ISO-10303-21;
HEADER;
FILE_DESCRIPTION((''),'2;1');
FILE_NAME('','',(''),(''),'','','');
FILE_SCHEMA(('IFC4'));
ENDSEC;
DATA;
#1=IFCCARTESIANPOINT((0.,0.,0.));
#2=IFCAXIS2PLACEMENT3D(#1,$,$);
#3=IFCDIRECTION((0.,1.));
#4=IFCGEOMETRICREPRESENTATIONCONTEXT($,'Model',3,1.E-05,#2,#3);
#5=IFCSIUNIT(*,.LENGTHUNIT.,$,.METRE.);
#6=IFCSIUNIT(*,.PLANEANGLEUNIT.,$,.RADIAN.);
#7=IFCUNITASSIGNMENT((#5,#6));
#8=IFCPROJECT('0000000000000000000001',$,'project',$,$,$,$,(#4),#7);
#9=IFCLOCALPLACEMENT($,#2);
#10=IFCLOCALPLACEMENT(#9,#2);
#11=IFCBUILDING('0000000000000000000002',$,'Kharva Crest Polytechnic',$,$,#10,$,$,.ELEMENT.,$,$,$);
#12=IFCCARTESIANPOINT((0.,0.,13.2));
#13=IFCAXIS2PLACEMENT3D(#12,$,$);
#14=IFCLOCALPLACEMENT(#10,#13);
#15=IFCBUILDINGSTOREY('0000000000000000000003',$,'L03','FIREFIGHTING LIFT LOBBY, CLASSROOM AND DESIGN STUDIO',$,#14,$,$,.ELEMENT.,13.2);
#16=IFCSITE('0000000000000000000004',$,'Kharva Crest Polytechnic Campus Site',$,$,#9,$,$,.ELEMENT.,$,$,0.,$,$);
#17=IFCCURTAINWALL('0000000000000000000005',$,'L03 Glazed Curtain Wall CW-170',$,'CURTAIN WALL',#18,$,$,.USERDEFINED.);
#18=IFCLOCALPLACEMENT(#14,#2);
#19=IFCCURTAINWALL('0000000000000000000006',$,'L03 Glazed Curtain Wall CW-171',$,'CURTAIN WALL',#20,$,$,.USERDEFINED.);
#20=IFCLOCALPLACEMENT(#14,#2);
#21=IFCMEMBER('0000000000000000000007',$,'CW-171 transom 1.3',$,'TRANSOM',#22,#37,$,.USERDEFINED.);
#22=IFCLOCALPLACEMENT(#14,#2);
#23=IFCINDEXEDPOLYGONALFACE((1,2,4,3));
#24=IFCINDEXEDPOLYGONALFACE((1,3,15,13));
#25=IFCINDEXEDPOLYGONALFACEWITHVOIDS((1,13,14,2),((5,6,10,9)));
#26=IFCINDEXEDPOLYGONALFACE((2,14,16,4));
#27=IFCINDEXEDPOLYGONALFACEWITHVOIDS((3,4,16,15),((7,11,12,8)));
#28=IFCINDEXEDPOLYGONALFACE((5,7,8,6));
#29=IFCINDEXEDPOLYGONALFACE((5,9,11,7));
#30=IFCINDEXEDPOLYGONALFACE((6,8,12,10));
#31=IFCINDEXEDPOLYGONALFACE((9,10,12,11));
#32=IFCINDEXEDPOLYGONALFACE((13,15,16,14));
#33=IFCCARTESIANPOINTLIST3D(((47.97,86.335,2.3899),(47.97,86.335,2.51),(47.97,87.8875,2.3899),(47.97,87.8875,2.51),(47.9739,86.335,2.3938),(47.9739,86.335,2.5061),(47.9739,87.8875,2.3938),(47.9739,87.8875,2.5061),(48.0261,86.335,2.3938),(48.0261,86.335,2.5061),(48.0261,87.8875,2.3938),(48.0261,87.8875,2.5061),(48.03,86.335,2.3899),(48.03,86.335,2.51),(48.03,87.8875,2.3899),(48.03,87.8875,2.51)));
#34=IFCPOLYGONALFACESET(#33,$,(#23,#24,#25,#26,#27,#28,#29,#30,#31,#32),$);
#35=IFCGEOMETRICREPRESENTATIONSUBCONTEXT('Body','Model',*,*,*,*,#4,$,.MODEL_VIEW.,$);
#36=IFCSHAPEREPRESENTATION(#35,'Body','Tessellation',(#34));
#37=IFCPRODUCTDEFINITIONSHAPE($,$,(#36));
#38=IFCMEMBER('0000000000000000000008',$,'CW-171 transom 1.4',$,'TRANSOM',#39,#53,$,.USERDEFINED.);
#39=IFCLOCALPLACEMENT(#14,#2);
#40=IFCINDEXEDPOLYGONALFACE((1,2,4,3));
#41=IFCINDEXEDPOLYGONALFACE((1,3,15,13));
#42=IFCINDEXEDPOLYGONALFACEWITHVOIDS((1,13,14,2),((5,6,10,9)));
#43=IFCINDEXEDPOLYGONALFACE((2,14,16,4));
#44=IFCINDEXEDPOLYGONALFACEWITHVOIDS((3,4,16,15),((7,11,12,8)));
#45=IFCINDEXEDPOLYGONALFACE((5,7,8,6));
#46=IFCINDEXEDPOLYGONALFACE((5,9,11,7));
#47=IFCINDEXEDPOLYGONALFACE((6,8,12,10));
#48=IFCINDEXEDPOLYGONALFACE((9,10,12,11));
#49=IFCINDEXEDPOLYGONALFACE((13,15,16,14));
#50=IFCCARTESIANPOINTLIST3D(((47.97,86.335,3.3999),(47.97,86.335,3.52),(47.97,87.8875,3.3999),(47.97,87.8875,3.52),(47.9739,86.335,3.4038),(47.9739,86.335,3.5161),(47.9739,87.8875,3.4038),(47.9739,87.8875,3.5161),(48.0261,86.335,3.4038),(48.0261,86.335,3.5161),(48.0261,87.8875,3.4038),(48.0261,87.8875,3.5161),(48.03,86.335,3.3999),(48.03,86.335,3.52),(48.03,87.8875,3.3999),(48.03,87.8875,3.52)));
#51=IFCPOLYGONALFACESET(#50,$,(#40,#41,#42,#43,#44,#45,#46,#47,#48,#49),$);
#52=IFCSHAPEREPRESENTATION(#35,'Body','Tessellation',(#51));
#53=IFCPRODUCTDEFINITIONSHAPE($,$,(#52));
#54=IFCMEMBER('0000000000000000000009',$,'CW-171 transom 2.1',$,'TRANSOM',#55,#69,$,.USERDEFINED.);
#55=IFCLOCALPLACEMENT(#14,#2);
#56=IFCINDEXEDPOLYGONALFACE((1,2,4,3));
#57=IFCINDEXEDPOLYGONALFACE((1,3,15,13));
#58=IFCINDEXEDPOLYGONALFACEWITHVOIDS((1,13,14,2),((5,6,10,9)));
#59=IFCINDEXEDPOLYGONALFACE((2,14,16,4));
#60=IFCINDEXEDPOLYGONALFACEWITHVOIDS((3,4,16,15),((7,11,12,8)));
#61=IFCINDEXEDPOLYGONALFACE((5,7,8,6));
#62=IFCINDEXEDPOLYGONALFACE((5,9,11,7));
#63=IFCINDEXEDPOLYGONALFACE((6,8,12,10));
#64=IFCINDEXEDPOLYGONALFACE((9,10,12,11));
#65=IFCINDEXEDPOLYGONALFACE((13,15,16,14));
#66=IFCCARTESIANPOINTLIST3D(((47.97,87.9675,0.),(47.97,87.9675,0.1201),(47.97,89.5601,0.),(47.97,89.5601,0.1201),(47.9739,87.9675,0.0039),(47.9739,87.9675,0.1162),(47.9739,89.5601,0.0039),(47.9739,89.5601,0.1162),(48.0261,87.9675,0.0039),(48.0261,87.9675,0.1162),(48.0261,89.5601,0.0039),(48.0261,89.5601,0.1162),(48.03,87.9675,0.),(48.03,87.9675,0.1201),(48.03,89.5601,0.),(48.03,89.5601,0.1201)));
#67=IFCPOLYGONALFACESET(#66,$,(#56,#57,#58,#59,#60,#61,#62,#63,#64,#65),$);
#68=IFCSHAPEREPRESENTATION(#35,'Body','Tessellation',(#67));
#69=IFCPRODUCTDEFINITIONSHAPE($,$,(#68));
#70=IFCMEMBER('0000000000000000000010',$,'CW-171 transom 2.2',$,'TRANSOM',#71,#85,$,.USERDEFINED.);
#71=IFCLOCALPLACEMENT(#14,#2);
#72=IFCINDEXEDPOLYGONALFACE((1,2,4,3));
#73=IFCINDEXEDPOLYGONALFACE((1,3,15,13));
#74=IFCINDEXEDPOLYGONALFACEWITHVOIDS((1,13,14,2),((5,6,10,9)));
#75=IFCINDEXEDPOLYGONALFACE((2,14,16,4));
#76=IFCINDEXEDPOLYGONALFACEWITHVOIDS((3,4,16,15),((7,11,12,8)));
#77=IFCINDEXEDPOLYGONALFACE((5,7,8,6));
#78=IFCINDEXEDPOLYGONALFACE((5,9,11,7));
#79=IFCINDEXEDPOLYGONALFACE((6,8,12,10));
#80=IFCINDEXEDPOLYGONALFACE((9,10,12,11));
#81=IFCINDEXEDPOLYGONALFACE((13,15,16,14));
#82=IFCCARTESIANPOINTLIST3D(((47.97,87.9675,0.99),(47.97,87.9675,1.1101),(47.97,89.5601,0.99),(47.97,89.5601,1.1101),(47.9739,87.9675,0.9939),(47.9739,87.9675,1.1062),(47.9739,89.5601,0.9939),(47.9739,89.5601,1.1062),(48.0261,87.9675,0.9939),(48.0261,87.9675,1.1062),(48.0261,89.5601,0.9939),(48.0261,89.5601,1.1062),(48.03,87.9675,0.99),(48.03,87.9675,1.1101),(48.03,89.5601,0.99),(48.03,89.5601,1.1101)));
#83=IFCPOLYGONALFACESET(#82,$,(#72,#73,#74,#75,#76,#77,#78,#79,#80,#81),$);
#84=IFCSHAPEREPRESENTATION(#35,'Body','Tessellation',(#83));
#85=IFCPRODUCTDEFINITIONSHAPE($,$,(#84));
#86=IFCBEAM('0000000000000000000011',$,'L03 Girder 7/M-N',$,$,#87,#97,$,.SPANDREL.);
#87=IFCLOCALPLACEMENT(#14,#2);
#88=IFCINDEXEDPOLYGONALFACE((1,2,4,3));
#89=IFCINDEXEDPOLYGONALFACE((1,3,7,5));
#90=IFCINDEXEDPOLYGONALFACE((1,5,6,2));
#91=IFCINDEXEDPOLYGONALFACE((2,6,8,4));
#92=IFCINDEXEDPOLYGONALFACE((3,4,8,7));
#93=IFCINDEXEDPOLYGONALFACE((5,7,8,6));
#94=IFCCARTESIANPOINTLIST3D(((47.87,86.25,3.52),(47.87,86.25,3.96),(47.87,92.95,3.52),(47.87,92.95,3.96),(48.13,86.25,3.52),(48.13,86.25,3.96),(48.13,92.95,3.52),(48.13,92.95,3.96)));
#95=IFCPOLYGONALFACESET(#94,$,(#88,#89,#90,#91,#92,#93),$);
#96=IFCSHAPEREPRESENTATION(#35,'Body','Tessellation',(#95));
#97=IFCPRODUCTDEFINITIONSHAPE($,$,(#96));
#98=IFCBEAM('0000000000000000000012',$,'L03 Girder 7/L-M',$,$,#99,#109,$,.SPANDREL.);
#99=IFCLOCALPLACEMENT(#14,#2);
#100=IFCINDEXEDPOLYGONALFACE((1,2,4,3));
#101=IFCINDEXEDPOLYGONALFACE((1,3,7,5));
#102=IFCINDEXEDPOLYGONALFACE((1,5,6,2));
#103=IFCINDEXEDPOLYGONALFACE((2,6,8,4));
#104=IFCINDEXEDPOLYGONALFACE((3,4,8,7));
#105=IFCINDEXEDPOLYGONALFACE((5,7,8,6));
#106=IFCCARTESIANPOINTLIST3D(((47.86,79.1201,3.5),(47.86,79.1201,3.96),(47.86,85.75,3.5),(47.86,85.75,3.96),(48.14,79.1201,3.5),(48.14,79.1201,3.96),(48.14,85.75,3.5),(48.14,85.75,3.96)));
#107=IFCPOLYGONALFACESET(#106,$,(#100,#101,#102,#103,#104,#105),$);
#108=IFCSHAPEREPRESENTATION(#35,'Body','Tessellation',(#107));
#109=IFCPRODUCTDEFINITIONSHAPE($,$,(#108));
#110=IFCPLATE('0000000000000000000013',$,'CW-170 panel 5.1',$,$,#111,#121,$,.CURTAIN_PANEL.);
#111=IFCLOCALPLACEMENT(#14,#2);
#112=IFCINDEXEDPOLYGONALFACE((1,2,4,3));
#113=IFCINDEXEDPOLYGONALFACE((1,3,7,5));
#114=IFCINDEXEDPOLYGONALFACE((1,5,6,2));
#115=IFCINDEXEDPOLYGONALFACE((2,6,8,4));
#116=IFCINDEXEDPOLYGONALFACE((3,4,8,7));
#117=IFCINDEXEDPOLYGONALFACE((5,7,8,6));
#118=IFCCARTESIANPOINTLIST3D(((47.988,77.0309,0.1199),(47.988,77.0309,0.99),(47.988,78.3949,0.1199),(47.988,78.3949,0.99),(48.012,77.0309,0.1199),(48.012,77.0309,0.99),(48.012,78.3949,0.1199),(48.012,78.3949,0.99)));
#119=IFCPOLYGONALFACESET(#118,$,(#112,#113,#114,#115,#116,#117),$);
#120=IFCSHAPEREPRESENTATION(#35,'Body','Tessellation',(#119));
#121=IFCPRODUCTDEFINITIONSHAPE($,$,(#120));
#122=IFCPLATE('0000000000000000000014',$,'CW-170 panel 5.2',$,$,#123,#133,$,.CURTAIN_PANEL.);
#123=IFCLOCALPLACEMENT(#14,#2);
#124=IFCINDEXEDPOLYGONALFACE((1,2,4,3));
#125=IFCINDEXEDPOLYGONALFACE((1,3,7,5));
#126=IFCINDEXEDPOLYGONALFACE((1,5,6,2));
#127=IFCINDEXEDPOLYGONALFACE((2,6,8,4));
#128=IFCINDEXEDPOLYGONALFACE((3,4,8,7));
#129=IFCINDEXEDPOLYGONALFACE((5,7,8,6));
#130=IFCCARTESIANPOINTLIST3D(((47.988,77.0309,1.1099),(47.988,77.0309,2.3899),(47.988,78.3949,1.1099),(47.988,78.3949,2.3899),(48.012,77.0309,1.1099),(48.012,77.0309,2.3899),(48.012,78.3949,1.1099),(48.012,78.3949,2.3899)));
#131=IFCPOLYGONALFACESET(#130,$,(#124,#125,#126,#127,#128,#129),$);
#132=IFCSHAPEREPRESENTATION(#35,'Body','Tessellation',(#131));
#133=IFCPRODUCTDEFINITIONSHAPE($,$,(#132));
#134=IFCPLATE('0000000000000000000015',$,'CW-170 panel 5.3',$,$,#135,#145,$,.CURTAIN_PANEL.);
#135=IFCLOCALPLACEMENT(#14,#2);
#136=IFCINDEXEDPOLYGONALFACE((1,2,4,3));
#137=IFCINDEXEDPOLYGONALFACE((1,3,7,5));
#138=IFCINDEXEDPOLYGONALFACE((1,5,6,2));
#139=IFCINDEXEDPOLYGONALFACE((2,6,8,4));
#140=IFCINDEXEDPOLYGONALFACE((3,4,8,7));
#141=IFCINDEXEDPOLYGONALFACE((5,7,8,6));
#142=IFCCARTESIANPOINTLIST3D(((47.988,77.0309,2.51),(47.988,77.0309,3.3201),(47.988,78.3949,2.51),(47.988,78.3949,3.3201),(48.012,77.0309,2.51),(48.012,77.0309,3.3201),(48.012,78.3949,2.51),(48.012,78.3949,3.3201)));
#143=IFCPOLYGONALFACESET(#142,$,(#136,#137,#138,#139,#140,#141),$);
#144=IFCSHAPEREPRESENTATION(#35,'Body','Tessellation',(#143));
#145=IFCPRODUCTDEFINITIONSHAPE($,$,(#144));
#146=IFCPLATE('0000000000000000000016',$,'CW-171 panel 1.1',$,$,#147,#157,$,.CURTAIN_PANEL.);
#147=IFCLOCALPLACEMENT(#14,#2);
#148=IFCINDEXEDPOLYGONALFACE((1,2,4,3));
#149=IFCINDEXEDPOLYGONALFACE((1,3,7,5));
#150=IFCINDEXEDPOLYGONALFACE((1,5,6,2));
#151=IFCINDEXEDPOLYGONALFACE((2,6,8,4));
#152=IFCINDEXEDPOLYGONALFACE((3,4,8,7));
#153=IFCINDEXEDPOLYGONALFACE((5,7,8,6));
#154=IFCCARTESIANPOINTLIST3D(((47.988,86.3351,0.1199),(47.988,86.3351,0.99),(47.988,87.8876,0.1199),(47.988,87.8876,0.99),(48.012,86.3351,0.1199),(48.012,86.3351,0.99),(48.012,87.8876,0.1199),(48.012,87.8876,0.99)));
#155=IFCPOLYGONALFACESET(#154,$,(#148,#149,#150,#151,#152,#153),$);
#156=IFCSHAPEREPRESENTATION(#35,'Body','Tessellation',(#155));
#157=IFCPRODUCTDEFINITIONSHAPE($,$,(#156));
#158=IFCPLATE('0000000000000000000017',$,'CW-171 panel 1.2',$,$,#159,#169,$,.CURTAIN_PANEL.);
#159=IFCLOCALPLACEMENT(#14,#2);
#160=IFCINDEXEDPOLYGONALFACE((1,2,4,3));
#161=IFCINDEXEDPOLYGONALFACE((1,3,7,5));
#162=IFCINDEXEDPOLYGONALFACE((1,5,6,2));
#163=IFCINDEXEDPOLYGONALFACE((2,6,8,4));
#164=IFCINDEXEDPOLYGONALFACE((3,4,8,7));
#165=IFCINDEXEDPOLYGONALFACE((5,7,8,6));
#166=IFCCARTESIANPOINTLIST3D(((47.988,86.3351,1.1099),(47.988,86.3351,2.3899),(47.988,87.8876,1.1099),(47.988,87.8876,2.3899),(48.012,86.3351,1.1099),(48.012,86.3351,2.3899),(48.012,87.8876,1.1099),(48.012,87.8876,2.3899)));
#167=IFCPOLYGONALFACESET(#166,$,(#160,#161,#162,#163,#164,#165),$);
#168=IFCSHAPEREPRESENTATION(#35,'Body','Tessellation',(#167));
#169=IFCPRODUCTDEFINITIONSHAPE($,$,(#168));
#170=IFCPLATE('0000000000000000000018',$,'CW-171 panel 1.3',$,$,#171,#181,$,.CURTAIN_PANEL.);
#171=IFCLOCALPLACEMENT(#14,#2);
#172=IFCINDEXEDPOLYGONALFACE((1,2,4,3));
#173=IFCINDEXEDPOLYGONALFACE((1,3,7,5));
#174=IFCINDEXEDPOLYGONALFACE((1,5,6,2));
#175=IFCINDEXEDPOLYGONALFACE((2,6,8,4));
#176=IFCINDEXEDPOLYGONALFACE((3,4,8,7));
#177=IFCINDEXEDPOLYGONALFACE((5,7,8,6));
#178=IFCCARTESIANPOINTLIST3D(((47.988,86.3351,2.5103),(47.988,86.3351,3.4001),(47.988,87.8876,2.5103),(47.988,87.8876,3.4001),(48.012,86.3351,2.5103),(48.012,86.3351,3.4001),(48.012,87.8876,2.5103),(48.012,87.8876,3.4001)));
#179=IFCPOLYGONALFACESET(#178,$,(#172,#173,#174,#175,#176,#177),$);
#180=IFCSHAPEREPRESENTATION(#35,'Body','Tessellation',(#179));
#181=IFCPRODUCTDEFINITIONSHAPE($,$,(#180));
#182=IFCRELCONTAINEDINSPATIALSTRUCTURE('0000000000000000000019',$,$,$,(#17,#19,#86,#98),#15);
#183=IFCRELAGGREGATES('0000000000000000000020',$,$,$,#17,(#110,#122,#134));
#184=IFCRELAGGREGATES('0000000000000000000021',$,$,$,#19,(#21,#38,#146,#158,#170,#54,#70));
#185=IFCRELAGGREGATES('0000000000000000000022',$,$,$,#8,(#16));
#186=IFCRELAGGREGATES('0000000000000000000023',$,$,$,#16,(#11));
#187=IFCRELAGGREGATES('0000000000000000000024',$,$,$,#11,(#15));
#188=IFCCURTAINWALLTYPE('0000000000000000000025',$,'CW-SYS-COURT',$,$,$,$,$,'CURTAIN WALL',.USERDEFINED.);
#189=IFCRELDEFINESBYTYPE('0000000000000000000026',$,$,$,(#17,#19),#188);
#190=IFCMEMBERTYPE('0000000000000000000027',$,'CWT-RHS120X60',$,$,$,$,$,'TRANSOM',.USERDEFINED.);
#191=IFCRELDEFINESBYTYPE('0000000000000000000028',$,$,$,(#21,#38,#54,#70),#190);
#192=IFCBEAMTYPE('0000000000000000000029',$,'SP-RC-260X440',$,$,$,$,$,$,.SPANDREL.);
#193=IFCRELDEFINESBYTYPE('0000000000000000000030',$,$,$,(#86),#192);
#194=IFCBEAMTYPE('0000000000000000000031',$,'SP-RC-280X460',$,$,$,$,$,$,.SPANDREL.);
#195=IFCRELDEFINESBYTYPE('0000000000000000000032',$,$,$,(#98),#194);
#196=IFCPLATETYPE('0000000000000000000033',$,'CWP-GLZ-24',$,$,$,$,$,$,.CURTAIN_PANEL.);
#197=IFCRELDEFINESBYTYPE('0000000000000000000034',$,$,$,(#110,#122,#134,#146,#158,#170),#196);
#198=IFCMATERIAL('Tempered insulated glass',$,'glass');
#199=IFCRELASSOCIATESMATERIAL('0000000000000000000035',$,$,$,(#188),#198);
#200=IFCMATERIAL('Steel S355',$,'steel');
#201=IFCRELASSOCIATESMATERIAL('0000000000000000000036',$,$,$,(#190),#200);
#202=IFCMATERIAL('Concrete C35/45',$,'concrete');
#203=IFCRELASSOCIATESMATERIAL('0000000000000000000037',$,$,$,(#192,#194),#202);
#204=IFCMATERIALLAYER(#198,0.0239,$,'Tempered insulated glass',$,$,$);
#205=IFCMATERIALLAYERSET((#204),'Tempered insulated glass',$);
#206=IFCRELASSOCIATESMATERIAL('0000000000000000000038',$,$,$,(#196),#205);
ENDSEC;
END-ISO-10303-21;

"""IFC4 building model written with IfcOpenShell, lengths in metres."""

from ifc_helpers import new_model, si_unit, direction, frame, origin, origin_2d, place, context, subcontext, project, spatial, rectangle, hollow_rectangle, extrude, material, layer, layer_set, material_profile, profile_set, type_object, element, aggregate, save


model = new_model("IFC4")

# Units and contexts
model_context = context("Model", 3, precision=1e-05, world=origin(), true_north=direction((0.0, 1.0)))
body_context = subcontext(model_context, "Body", "Model", "MODEL_VIEW")
ifc_project = project(units=[si_unit("LENGTHUNIT", "METRE"), si_unit("PLANEANGLEUNIT", "RADIAN")], contexts=[model_context])

# Site, building, storey
site_placement = place(None, origin())
site = spatial("IfcSite", under=ifc_project, at=site_placement, Name="Kharva Crest Polytechnic Campus Site", CompositionType="ELEMENT", RefElevation=0.0)
building_placement = place(site_placement, origin())
building = spatial("IfcBuilding", under=site, at=building_placement, Name="Kharva Crest Polytechnic", CompositionType="ELEMENT")
storey_placement = place(building_placement, frame((0.0, 0.0, 13.2)))
storey = spatial("IfcBuildingStorey", under=building, at=storey_placement, Name="L03", Description="FIREFIGHTING LIFT LOBBY, CLASSROOM AND DESIGN STUDIO", CompositionType="ELEMENT", Elevation=13.2)

# Curtain wall
ifc_material_1 = material(Name="Tempered insulated glass", Category="glass")
curtain_wall_type = type_object("IfcCurtainWallType", Name="CW-SYS-COURT", ElementType="CURTAIN WALL", PredefinedType="USERDEFINED", material=ifc_material_1)
curtain_wall_1_placement = place(storey_placement, origin())
curtain_wall_1 = element("IfcCurtainWall", 1, at=curtain_wall_1_placement, inside=storey, type_object=curtain_wall_type, Name="L03 Glazed Curtain Wall CW-170", ObjectType="CURTAIN WALL", PredefinedType="USERDEFINED")
ifc_material_2 = material(Name="Steel S355", Category="steel")

# Curtain wall
curtain_wall_2_placement = place(storey_placement, origin())
curtain_wall_2 = element("IfcCurtainWall", 2, at=curtain_wall_2_placement, inside=storey, type_object=curtain_wall_type, Name="L03 Glazed Curtain Wall CW-171", ObjectType="CURTAIN WALL", PredefinedType="USERDEFINED")

# Members
ifc_material_profile_1 = material_profile(ifc_material_2, hollow_rectangle(XDim=0.0601, YDim=0.1201, WallThickness=0.0039, at=origin_2d()), Name="RHS 120X60X4.0")
ifc_profile_set_1 = profile_set([ifc_material_profile_1], Name="Steel S355")
member_type_1 = type_object("IfcMemberType", Name="CWT-RHS120X60", ElementType="TRANSOM", PredefinedType="USERDEFINED", material=ifc_profile_set_1)
member_1_placement = place(storey_placement, frame((48.0, 86.335, 2.45), z_axis=(0.0, 1.0, 0.0), x_axis=(-1.0, 0.0, 0.0)))
member_1 = element("IfcMember", 3, at=member_1_placement, type_object=member_type_1, Name="CW-171 transom 1.3", ObjectType="TRANSOM", PredefinedType="USERDEFINED", context=body_context, shape_type="SweptSolid", body=[
    extrude(hollow_rectangle(XDim=0.0601, YDim=0.1201, WallThickness=0.0039, at=origin_2d()), origin(), (0.0, 0.0, 1.0), 1.5525),
])
member_2_placement = place(storey_placement, frame((48.0, 86.335, 3.46), z_axis=(0.0, 1.0, 0.0), x_axis=(-1.0, 0.0, 0.0)))
member_2 = element("IfcMember", 4, at=member_2_placement, type_object=member_type_1, Name="CW-171 transom 1.4", ObjectType="TRANSOM", PredefinedType="USERDEFINED", context=body_context, shape_type="SweptSolid", body=[
    extrude(hollow_rectangle(XDim=0.0601, YDim=0.1201, WallThickness=0.0039, at=origin_2d()), origin(), (0.0, 0.0, 1.0), 1.5525),
])
member_3_placement = place(storey_placement, frame((48.0, 87.9675, 0.0601), z_axis=(0.0, 1.0, 0.0), x_axis=(-1.0, 0.0, 0.0)))
member_3 = element("IfcMember", 5, at=member_3_placement, type_object=member_type_1, Name="CW-171 transom 2.1", ObjectType="TRANSOM", PredefinedType="USERDEFINED", context=body_context, shape_type="SweptSolid", body=[
    extrude(hollow_rectangle(XDim=0.0601, YDim=0.1201, WallThickness=0.0039, at=origin_2d()), origin(), (0.0, 0.0, 1.0), 1.5925),
])
member_4_placement = place(storey_placement, frame((48.0, 87.9675, 1.05), z_axis=(0.0, 1.0, 0.0), x_axis=(-1.0, 0.0, 0.0)))
member_4 = element("IfcMember", 6, at=member_4_placement, type_object=member_type_1, Name="CW-171 transom 2.2", ObjectType="TRANSOM", PredefinedType="USERDEFINED", context=body_context, shape_type="SweptSolid", body=[
    extrude(hollow_rectangle(XDim=0.0601, YDim=0.1201, WallThickness=0.0039, at=origin_2d()), origin(), (0.0, 0.0, 1.0), 1.5925),
])

# Beams
ifc_material_3 = material(Name="Concrete C35/45", Category="concrete")
ifc_material_profile_2 = material_profile(ifc_material_3, rectangle(XDim=0.26, YDim=0.4399, at=origin_2d()), Name="RECT 260 X 440")
ifc_profile_set_2 = profile_set([ifc_material_profile_2], Name="Concrete C35/45")
beam_type_1 = type_object("IfcBeamType", Name="SP-RC-260X440", PredefinedType="SPANDREL", material=ifc_profile_set_2)
beam_1_placement = place(storey_placement, frame((48.0, 86.25, 3.74), z_axis=(0.0, 1.0, 0.0), x_axis=(-1.0, 0.0, 0.0)))
element("IfcBeam", 7, at=beam_1_placement, inside=storey, type_object=beam_type_1, Name="L03 Girder 7/M-N", PredefinedType="SPANDREL", context=body_context, shape_type="SweptSolid", body=[
    extrude(rectangle(XDim=0.26, YDim=0.4399, at=origin_2d()), origin(), (0.0, 0.0, 1.0), 6.7),
])
ifc_material_profile_3 = material_profile(ifc_material_3, rectangle(XDim=0.28, YDim=0.46, at=origin_2d()), Name="RECT 280 X 460")
ifc_profile_set_3 = profile_set([ifc_material_profile_3], Name="Concrete C35/45")
beam_type_2 = type_object("IfcBeamType", Name="SP-RC-280X460", PredefinedType="SPANDREL", material=ifc_profile_set_3)
beam_2_placement = place(storey_placement, frame((48.0, 79.1201, 3.73), z_axis=(0.0, 1.0, 0.0), x_axis=(-1.0, 0.0, 0.0)))
element("IfcBeam", 8, at=beam_2_placement, inside=storey, type_object=beam_type_2, Name="L03 Girder 7/L-M", PredefinedType="SPANDREL", context=body_context, shape_type="SweptSolid", body=[
    extrude(rectangle(XDim=0.28, YDim=0.46, at=origin_2d()), origin(), (0.0, 0.0, 1.0), 6.6299),
])

# Plates
ifc_layer_1 = layer(ifc_material_1, 0.0239, Name="Tempered insulated glass")
ifc_layer_set_1 = layer_set([ifc_layer_1], Name="Tempered insulated glass")
plate_type = type_object("IfcPlateType", Name="CWP-GLZ-24", PredefinedType="CURTAIN_PANEL", material=ifc_layer_set_1)
plate_1_placement = place(storey_placement, frame((48.0, 77.7129, 0.1199), z_axis=(0.0, 0.0, 1.0), x_axis=(0.0, 1.0, 0.0)))
plate_1 = element("IfcPlate", 9, at=plate_1_placement, type_object=plate_type, Name="CW-170 panel 5.1", PredefinedType="CURTAIN_PANEL", context=body_context, shape_type="SweptSolid", body=[
    extrude(rectangle(XDim=1.364, YDim=0.0239, at=origin_2d()), origin(), (0.0, 0.0, 1.0), 0.8701),
])
plate_2_placement = place(storey_placement, frame((48.0, 77.7129, 1.1099), z_axis=(0.0, 0.0, 1.0), x_axis=(0.0, 1.0, 0.0)))
plate_2 = element("IfcPlate", 10, at=plate_2_placement, type_object=plate_type, Name="CW-170 panel 5.2", PredefinedType="CURTAIN_PANEL", context=body_context, shape_type="SweptSolid", body=[
    extrude(rectangle(XDim=1.364, YDim=0.0239, at=origin_2d()), origin(), (0.0, 0.0, 1.0), 1.28),
])
plate_3_placement = place(storey_placement, frame((48.0, 77.7129, 2.51), z_axis=(0.0, 0.0, 1.0), x_axis=(0.0, 1.0, 0.0)))
plate_3 = element("IfcPlate", 11, at=plate_3_placement, type_object=plate_type, Name="CW-170 panel 5.3", PredefinedType="CURTAIN_PANEL", context=body_context, shape_type="SweptSolid", body=[
    extrude(rectangle(XDim=1.364, YDim=0.0239, at=origin_2d()), origin(), (0.0, 0.0, 1.0), 0.8101),
])
aggregate(curtain_wall_1, [plate_1, plate_2, plate_3])
plate_4_placement = place(storey_placement, frame((48.0, 87.1113, 0.1199), z_axis=(0.0, 0.0, 1.0), x_axis=(0.0, 1.0, 0.0)))
plate_4 = element("IfcPlate", 12, at=plate_4_placement, type_object=plate_type, Name="CW-171 panel 1.1", PredefinedType="CURTAIN_PANEL", context=body_context, shape_type="SweptSolid", body=[
    extrude(rectangle(XDim=1.5525, YDim=0.0239, at=origin_2d()), origin(), (0.0, 0.0, 1.0), 0.8701),
])
plate_5_placement = place(storey_placement, frame((48.0, 87.1113, 1.1099), z_axis=(0.0, 0.0, 1.0), x_axis=(0.0, 1.0, 0.0)))
plate_5 = element("IfcPlate", 13, at=plate_5_placement, type_object=plate_type, Name="CW-171 panel 1.2", PredefinedType="CURTAIN_PANEL", context=body_context, shape_type="SweptSolid", body=[
    extrude(rectangle(XDim=1.5525, YDim=0.0239, at=origin_2d()), origin(), (0.0, 0.0, 1.0), 1.28),
])
plate_6_placement = place(storey_placement, frame((48.0, 87.1113, 2.5103), z_axis=(0.0, 0.0, 1.0), x_axis=(0.0, 1.0, 0.0)))
plate_6 = element("IfcPlate", 14, at=plate_6_placement, type_object=plate_type, Name="CW-171 panel 1.3", PredefinedType="CURTAIN_PANEL", context=body_context, shape_type="SweptSolid", body=[
    extrude(rectangle(XDim=1.5525, YDim=0.0239, at=origin_2d()), origin(), (0.0, 0.0, 1.0), 0.8899),
])
aggregate(curtain_wall_2, [member_1, member_2, plate_4, plate_5, plate_6, member_3, member_4])

save(model, "model.ifc")
